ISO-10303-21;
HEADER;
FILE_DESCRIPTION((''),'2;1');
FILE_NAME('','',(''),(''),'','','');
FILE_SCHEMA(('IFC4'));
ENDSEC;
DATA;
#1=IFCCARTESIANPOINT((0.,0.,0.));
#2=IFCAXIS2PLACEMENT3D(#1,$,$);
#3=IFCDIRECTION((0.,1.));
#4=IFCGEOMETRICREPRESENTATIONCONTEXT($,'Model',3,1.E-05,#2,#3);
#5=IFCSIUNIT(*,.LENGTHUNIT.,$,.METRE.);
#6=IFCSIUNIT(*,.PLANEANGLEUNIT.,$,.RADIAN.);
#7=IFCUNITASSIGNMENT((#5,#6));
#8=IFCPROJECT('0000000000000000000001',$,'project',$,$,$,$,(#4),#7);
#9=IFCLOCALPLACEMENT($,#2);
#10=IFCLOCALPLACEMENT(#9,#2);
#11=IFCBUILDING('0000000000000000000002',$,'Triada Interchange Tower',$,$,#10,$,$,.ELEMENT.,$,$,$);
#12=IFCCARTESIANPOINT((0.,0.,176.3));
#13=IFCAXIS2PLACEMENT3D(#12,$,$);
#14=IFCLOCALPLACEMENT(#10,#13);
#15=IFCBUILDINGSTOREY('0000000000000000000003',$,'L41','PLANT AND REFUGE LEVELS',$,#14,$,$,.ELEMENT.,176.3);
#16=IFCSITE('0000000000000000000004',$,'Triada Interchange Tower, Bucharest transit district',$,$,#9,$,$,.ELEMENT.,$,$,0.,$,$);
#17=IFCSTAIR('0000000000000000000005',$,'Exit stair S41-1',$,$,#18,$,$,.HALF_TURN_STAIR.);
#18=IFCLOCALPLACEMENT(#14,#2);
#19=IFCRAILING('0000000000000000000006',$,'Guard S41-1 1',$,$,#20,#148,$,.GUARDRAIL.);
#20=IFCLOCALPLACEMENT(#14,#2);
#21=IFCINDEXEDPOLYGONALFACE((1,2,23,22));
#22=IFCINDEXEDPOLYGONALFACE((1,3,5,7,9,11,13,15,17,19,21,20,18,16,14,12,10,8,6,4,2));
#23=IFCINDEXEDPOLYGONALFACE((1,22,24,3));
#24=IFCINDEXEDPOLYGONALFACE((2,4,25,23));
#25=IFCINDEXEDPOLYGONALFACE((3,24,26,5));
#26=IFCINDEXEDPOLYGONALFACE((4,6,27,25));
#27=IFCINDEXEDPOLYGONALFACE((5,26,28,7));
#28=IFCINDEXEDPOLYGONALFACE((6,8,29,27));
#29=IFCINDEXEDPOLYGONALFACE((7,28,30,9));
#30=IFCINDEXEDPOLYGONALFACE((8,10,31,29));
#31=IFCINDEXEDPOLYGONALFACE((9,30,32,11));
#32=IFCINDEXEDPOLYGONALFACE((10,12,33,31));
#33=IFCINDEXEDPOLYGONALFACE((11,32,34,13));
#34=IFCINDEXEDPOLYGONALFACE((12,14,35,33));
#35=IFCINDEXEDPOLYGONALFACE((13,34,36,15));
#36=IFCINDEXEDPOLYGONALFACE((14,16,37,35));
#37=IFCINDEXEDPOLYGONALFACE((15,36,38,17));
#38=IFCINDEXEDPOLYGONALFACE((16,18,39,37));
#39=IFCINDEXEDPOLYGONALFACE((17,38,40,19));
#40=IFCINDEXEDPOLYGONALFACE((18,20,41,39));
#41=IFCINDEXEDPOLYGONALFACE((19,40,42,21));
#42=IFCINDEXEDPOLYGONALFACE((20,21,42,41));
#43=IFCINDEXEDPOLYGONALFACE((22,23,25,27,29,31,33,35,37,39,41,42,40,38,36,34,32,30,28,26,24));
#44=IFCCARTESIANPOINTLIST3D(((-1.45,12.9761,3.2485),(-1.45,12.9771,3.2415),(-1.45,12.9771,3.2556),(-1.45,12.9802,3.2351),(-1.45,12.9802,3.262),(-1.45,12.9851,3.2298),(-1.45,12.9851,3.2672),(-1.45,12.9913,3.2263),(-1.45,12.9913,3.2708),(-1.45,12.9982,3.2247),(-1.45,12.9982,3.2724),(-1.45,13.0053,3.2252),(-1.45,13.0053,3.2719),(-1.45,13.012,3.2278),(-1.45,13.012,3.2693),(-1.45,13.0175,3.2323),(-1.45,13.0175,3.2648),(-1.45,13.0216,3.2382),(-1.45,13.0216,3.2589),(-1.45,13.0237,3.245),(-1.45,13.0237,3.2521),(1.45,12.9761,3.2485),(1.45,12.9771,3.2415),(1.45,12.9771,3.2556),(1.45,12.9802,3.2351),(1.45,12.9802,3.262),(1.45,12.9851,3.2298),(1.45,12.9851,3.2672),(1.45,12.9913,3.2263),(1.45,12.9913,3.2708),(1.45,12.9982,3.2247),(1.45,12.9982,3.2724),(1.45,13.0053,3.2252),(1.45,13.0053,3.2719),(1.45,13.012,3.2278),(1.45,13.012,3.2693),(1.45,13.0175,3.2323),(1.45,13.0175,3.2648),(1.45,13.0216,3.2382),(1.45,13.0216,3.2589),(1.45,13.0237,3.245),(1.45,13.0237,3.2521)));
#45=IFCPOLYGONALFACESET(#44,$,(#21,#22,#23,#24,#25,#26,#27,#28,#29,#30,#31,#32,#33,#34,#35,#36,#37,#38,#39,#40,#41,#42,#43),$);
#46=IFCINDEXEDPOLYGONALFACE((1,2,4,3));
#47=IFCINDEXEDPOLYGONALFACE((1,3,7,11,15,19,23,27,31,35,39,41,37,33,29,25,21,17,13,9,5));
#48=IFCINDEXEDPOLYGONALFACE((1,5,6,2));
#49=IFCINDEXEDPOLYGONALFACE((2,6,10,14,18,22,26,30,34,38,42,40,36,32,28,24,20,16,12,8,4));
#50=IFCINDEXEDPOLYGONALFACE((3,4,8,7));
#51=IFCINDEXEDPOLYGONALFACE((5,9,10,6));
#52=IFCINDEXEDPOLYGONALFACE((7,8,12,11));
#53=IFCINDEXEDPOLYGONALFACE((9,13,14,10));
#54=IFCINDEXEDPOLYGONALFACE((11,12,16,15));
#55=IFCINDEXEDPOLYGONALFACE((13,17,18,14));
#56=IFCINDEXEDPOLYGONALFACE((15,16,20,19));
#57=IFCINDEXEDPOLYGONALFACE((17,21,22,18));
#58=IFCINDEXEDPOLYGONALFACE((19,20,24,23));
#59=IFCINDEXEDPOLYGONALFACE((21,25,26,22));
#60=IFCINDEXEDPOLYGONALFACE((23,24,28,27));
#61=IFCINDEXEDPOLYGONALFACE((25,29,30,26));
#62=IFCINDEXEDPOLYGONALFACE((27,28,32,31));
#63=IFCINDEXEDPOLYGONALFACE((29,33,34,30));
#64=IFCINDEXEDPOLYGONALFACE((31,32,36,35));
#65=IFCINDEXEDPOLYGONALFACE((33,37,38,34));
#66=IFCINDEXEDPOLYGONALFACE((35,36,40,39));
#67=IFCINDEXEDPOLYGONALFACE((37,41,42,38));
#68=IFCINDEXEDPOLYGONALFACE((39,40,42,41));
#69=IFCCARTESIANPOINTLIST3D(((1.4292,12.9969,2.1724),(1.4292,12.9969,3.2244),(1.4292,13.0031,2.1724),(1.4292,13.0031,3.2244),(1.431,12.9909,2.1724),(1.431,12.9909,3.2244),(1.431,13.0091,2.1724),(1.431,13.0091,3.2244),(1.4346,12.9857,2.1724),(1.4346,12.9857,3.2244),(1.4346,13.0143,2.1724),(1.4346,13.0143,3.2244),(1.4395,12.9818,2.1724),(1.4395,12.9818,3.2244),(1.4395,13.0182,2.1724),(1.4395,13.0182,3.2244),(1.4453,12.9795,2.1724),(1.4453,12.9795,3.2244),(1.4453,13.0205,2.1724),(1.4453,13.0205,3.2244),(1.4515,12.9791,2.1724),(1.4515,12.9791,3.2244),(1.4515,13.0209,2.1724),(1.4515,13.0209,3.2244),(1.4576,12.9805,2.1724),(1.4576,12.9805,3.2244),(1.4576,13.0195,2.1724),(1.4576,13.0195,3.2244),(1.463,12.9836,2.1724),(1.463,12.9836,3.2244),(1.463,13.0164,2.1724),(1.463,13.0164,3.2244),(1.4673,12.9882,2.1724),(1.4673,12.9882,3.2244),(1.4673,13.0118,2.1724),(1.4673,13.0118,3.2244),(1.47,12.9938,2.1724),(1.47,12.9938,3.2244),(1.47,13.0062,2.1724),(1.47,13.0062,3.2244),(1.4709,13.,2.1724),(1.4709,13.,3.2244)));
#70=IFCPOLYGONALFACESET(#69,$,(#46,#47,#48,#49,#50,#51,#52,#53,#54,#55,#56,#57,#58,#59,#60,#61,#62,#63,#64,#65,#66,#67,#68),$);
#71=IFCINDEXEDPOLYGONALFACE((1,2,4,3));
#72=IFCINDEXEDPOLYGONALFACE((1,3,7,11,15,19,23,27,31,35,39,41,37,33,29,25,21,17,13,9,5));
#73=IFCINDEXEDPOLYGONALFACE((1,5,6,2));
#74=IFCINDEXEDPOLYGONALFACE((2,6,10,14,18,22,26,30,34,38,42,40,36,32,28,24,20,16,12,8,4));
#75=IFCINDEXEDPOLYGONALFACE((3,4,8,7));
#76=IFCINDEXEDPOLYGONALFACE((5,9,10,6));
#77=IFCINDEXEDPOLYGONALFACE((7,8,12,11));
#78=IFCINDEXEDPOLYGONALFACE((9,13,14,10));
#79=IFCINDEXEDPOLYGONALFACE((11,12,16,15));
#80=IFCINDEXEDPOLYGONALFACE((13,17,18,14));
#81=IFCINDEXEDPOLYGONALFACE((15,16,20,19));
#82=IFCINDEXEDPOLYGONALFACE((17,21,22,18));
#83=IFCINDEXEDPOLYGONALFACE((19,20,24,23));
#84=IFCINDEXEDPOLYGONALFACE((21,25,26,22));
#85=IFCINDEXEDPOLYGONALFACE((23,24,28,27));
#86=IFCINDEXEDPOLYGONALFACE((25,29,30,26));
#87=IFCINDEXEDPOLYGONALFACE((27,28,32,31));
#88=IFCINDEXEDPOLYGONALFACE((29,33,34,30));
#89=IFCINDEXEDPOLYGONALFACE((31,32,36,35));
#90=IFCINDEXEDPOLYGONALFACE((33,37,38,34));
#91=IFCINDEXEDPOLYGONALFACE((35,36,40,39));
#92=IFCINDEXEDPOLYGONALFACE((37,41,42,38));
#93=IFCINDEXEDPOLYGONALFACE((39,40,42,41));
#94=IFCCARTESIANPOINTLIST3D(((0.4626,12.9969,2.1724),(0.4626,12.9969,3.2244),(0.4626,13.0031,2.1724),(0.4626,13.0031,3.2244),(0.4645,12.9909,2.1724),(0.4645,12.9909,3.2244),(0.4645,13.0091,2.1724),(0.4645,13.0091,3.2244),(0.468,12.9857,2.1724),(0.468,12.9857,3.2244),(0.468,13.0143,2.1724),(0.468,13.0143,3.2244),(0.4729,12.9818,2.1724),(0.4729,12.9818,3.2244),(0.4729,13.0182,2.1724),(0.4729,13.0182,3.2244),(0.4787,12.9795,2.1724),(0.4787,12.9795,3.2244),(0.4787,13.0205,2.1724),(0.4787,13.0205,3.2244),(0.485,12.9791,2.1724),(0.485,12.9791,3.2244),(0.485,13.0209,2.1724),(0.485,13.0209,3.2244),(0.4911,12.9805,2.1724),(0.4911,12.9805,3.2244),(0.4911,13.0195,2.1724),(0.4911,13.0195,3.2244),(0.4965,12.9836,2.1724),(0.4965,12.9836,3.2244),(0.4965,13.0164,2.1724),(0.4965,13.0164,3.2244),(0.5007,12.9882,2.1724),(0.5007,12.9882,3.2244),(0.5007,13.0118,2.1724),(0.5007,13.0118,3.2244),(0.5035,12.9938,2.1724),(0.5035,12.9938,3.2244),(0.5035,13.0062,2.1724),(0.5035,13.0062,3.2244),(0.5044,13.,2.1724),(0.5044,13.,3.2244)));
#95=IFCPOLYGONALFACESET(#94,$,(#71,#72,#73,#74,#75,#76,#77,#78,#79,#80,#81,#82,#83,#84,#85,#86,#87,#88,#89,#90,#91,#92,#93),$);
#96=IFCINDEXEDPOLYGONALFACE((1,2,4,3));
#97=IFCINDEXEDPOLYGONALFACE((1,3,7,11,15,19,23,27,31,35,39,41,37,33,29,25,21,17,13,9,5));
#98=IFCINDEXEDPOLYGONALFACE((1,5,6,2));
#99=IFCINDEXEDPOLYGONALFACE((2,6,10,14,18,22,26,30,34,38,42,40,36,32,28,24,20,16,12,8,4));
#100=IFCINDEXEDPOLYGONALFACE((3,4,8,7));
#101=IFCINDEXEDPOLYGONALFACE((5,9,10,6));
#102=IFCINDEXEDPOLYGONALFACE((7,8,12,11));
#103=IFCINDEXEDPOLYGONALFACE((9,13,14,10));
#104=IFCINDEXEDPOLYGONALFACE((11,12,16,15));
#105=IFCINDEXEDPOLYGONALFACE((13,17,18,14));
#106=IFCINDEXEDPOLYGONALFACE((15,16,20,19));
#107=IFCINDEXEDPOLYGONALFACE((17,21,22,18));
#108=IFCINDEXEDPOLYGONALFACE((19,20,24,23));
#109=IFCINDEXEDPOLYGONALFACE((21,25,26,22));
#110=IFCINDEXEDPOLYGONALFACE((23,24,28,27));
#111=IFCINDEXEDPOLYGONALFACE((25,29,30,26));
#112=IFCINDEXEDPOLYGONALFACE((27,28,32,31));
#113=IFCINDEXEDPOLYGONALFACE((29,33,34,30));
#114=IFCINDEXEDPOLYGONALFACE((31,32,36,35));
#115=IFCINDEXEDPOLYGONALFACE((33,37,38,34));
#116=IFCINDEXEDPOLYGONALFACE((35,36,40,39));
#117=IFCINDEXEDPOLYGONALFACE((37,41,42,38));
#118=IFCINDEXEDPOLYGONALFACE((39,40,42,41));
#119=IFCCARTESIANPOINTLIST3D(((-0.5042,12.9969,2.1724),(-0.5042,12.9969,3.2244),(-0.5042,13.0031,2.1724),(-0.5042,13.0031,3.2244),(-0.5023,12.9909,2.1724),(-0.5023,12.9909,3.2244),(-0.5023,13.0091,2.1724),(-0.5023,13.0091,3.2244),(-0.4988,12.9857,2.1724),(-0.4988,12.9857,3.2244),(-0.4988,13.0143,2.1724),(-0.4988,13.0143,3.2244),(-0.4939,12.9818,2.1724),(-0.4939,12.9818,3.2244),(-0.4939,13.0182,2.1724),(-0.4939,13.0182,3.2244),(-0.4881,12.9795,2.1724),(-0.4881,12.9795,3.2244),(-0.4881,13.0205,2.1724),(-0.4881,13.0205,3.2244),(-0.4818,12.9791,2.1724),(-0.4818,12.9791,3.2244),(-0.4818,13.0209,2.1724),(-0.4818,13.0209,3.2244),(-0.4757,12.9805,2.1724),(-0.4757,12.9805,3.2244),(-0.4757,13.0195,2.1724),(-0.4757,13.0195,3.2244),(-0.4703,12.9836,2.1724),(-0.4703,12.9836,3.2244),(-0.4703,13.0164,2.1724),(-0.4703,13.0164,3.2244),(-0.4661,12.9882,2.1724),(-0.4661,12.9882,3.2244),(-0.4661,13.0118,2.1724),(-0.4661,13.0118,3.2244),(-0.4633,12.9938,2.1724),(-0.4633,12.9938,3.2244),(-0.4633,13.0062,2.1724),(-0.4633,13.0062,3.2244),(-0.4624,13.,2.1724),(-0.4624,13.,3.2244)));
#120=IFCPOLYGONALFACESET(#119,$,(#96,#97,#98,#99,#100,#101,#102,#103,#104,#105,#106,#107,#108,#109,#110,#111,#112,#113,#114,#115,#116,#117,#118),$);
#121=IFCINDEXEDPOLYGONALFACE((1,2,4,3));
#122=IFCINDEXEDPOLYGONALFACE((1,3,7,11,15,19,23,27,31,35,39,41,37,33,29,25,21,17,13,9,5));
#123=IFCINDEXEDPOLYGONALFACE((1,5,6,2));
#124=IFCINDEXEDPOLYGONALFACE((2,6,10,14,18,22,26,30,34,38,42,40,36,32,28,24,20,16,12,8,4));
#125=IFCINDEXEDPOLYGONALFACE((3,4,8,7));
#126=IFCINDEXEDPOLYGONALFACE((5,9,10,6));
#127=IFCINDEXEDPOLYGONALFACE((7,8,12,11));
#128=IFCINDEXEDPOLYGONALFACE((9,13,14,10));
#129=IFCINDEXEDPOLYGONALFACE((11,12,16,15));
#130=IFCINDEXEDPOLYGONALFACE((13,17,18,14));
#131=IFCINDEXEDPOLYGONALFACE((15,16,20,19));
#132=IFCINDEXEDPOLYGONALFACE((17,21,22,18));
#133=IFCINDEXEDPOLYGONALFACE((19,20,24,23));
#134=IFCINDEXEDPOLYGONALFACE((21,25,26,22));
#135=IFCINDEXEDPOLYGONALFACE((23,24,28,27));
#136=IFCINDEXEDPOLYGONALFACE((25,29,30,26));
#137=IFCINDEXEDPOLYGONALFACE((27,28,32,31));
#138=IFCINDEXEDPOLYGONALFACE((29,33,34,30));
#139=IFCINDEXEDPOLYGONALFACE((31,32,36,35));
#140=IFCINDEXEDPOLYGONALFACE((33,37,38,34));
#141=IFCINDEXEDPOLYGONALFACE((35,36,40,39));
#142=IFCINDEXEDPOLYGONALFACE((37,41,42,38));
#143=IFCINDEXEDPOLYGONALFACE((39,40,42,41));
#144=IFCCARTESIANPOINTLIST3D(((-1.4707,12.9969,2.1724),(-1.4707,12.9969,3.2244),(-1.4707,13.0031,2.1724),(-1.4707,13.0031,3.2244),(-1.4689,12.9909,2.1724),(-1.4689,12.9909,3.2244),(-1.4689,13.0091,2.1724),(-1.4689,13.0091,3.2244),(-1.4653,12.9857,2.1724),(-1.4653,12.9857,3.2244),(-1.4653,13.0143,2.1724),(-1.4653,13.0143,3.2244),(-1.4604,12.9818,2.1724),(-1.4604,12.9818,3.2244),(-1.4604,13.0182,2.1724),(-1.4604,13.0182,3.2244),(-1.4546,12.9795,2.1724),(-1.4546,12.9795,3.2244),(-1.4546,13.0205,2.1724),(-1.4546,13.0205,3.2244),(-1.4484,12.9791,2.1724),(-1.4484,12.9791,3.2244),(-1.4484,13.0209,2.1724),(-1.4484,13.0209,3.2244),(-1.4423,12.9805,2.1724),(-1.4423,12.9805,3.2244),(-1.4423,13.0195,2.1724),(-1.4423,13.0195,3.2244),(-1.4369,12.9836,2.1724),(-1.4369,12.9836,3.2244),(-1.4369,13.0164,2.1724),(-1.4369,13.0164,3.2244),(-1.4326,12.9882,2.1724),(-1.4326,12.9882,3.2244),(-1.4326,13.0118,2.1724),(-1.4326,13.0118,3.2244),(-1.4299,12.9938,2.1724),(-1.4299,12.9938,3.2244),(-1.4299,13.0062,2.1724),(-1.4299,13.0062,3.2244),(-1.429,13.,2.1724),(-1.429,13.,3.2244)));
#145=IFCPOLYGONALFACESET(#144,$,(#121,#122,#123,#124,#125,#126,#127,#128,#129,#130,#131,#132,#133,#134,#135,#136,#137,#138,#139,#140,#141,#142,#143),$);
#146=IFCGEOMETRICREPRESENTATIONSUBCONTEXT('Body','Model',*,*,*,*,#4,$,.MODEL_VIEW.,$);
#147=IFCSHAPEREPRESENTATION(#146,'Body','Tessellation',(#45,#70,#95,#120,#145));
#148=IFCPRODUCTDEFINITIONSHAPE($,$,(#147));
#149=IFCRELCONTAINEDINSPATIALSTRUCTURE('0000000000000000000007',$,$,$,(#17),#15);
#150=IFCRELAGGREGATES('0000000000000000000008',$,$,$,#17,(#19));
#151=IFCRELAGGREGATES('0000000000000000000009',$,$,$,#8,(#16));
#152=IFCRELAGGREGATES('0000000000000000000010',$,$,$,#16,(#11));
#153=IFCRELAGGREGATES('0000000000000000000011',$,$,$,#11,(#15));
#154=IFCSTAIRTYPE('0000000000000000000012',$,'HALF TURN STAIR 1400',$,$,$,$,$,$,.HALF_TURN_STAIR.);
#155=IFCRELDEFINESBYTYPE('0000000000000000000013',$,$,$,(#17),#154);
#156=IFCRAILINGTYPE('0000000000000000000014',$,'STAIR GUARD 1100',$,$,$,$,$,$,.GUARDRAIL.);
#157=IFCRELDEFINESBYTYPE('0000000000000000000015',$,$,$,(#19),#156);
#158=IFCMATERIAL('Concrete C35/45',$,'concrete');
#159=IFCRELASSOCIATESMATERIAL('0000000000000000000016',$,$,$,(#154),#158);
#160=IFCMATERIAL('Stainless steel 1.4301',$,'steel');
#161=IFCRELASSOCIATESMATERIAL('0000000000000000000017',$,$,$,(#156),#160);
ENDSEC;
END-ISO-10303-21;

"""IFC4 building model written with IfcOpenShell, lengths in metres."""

from ifc_helpers import new_model, si_unit, direction, frame, origin, origin_2d, place, context, subcontext, project, spatial, circle, extrude, material, type_object, element, aggregate, save


model = new_model("IFC4")

# Units and contexts
model_context = context("Model", 3, precision=1e-05, world=origin(), true_north=direction((0.0, 1.0)))
body_context = subcontext(model_context, "Body", "Model", "MODEL_VIEW")
ifc_project = project(units=[si_unit("LENGTHUNIT", "METRE"), si_unit("PLANEANGLEUNIT", "RADIAN")], contexts=[model_context])

# Site, building, storey
site_placement = place(None, origin())
site = spatial("IfcSite", under=ifc_project, at=site_placement, Name="Triada Interchange Tower, Bucharest transit district", CompositionType="ELEMENT", RefElevation=0.0)
building_placement = place(site_placement, origin())
building = spatial("IfcBuilding", under=site, at=building_placement, Name="Triada Interchange Tower", CompositionType="ELEMENT")
storey_placement = place(building_placement, frame((0.0, 0.0, 176.3)))
storey = spatial("IfcBuildingStorey", under=building, at=storey_placement, Name="L41", Description="PLANT AND REFUGE LEVELS", CompositionType="ELEMENT", Elevation=176.3)

# Shared definitions
ifc_material_1 = material(Name="Concrete C35/45", Category="concrete")

# Stair, railing
stair_type = type_object("IfcStairType", Name="HALF TURN STAIR 1400", PredefinedType="HALF_TURN_STAIR", material=ifc_material_1)
stair_placement = place(storey_placement, origin())
stair = element("IfcStair", 1, at=stair_placement, inside=storey, type_object=stair_type, Name="Exit stair S41-1", PredefinedType="HALF_TURN_STAIR")
ifc_material_2 = material(Name="Stainless steel 1.4301", Category="steel")
railing_type_1 = type_object("IfcRailingType", Name="STAIR GUARD 1100", PredefinedType="GUARDRAIL", material=ifc_material_2)
railing_1_placement = place(storey_placement, frame((1.45, 13.0, 2.1724)))
railing_1 = element("IfcRailing", 2, at=railing_1_placement, type_object=railing_type_1, Name="Guard S41-1 1", PredefinedType="GUARDRAIL", context=body_context, shape_type="SweptSolid", body=[
    extrude(circle(Radius=0.0239, at=origin_2d()), frame((0.0, 0.0, 1.0762), z_axis=(-1.0, 0.0, 0.0), x_axis=(0.0, -1.0, 0.0)), (0.0, 0.0, 1.0), 2.8999),
    extrude(circle(Radius=0.021, at=origin_2d()), origin(), (0.0, 0.0, 1.0), 1.052),
    extrude(circle(Radius=0.021, at=origin_2d()), frame((-0.9666, 0.0, 0.0)), (0.0, 0.0, 1.0), 1.052),
    extrude(circle(Radius=0.021, at=origin_2d()), frame((-1.9333, 0.0, 0.0)), (0.0, 0.0, 1.0), 1.052),
    extrude(circle(Radius=0.021, at=origin_2d()), frame((-2.8999, 0.0, 0.0)), (0.0, 0.0, 1.0), 1.052),
])
aggregate(stair, [railing_1])

save(model, "model.ifc")
